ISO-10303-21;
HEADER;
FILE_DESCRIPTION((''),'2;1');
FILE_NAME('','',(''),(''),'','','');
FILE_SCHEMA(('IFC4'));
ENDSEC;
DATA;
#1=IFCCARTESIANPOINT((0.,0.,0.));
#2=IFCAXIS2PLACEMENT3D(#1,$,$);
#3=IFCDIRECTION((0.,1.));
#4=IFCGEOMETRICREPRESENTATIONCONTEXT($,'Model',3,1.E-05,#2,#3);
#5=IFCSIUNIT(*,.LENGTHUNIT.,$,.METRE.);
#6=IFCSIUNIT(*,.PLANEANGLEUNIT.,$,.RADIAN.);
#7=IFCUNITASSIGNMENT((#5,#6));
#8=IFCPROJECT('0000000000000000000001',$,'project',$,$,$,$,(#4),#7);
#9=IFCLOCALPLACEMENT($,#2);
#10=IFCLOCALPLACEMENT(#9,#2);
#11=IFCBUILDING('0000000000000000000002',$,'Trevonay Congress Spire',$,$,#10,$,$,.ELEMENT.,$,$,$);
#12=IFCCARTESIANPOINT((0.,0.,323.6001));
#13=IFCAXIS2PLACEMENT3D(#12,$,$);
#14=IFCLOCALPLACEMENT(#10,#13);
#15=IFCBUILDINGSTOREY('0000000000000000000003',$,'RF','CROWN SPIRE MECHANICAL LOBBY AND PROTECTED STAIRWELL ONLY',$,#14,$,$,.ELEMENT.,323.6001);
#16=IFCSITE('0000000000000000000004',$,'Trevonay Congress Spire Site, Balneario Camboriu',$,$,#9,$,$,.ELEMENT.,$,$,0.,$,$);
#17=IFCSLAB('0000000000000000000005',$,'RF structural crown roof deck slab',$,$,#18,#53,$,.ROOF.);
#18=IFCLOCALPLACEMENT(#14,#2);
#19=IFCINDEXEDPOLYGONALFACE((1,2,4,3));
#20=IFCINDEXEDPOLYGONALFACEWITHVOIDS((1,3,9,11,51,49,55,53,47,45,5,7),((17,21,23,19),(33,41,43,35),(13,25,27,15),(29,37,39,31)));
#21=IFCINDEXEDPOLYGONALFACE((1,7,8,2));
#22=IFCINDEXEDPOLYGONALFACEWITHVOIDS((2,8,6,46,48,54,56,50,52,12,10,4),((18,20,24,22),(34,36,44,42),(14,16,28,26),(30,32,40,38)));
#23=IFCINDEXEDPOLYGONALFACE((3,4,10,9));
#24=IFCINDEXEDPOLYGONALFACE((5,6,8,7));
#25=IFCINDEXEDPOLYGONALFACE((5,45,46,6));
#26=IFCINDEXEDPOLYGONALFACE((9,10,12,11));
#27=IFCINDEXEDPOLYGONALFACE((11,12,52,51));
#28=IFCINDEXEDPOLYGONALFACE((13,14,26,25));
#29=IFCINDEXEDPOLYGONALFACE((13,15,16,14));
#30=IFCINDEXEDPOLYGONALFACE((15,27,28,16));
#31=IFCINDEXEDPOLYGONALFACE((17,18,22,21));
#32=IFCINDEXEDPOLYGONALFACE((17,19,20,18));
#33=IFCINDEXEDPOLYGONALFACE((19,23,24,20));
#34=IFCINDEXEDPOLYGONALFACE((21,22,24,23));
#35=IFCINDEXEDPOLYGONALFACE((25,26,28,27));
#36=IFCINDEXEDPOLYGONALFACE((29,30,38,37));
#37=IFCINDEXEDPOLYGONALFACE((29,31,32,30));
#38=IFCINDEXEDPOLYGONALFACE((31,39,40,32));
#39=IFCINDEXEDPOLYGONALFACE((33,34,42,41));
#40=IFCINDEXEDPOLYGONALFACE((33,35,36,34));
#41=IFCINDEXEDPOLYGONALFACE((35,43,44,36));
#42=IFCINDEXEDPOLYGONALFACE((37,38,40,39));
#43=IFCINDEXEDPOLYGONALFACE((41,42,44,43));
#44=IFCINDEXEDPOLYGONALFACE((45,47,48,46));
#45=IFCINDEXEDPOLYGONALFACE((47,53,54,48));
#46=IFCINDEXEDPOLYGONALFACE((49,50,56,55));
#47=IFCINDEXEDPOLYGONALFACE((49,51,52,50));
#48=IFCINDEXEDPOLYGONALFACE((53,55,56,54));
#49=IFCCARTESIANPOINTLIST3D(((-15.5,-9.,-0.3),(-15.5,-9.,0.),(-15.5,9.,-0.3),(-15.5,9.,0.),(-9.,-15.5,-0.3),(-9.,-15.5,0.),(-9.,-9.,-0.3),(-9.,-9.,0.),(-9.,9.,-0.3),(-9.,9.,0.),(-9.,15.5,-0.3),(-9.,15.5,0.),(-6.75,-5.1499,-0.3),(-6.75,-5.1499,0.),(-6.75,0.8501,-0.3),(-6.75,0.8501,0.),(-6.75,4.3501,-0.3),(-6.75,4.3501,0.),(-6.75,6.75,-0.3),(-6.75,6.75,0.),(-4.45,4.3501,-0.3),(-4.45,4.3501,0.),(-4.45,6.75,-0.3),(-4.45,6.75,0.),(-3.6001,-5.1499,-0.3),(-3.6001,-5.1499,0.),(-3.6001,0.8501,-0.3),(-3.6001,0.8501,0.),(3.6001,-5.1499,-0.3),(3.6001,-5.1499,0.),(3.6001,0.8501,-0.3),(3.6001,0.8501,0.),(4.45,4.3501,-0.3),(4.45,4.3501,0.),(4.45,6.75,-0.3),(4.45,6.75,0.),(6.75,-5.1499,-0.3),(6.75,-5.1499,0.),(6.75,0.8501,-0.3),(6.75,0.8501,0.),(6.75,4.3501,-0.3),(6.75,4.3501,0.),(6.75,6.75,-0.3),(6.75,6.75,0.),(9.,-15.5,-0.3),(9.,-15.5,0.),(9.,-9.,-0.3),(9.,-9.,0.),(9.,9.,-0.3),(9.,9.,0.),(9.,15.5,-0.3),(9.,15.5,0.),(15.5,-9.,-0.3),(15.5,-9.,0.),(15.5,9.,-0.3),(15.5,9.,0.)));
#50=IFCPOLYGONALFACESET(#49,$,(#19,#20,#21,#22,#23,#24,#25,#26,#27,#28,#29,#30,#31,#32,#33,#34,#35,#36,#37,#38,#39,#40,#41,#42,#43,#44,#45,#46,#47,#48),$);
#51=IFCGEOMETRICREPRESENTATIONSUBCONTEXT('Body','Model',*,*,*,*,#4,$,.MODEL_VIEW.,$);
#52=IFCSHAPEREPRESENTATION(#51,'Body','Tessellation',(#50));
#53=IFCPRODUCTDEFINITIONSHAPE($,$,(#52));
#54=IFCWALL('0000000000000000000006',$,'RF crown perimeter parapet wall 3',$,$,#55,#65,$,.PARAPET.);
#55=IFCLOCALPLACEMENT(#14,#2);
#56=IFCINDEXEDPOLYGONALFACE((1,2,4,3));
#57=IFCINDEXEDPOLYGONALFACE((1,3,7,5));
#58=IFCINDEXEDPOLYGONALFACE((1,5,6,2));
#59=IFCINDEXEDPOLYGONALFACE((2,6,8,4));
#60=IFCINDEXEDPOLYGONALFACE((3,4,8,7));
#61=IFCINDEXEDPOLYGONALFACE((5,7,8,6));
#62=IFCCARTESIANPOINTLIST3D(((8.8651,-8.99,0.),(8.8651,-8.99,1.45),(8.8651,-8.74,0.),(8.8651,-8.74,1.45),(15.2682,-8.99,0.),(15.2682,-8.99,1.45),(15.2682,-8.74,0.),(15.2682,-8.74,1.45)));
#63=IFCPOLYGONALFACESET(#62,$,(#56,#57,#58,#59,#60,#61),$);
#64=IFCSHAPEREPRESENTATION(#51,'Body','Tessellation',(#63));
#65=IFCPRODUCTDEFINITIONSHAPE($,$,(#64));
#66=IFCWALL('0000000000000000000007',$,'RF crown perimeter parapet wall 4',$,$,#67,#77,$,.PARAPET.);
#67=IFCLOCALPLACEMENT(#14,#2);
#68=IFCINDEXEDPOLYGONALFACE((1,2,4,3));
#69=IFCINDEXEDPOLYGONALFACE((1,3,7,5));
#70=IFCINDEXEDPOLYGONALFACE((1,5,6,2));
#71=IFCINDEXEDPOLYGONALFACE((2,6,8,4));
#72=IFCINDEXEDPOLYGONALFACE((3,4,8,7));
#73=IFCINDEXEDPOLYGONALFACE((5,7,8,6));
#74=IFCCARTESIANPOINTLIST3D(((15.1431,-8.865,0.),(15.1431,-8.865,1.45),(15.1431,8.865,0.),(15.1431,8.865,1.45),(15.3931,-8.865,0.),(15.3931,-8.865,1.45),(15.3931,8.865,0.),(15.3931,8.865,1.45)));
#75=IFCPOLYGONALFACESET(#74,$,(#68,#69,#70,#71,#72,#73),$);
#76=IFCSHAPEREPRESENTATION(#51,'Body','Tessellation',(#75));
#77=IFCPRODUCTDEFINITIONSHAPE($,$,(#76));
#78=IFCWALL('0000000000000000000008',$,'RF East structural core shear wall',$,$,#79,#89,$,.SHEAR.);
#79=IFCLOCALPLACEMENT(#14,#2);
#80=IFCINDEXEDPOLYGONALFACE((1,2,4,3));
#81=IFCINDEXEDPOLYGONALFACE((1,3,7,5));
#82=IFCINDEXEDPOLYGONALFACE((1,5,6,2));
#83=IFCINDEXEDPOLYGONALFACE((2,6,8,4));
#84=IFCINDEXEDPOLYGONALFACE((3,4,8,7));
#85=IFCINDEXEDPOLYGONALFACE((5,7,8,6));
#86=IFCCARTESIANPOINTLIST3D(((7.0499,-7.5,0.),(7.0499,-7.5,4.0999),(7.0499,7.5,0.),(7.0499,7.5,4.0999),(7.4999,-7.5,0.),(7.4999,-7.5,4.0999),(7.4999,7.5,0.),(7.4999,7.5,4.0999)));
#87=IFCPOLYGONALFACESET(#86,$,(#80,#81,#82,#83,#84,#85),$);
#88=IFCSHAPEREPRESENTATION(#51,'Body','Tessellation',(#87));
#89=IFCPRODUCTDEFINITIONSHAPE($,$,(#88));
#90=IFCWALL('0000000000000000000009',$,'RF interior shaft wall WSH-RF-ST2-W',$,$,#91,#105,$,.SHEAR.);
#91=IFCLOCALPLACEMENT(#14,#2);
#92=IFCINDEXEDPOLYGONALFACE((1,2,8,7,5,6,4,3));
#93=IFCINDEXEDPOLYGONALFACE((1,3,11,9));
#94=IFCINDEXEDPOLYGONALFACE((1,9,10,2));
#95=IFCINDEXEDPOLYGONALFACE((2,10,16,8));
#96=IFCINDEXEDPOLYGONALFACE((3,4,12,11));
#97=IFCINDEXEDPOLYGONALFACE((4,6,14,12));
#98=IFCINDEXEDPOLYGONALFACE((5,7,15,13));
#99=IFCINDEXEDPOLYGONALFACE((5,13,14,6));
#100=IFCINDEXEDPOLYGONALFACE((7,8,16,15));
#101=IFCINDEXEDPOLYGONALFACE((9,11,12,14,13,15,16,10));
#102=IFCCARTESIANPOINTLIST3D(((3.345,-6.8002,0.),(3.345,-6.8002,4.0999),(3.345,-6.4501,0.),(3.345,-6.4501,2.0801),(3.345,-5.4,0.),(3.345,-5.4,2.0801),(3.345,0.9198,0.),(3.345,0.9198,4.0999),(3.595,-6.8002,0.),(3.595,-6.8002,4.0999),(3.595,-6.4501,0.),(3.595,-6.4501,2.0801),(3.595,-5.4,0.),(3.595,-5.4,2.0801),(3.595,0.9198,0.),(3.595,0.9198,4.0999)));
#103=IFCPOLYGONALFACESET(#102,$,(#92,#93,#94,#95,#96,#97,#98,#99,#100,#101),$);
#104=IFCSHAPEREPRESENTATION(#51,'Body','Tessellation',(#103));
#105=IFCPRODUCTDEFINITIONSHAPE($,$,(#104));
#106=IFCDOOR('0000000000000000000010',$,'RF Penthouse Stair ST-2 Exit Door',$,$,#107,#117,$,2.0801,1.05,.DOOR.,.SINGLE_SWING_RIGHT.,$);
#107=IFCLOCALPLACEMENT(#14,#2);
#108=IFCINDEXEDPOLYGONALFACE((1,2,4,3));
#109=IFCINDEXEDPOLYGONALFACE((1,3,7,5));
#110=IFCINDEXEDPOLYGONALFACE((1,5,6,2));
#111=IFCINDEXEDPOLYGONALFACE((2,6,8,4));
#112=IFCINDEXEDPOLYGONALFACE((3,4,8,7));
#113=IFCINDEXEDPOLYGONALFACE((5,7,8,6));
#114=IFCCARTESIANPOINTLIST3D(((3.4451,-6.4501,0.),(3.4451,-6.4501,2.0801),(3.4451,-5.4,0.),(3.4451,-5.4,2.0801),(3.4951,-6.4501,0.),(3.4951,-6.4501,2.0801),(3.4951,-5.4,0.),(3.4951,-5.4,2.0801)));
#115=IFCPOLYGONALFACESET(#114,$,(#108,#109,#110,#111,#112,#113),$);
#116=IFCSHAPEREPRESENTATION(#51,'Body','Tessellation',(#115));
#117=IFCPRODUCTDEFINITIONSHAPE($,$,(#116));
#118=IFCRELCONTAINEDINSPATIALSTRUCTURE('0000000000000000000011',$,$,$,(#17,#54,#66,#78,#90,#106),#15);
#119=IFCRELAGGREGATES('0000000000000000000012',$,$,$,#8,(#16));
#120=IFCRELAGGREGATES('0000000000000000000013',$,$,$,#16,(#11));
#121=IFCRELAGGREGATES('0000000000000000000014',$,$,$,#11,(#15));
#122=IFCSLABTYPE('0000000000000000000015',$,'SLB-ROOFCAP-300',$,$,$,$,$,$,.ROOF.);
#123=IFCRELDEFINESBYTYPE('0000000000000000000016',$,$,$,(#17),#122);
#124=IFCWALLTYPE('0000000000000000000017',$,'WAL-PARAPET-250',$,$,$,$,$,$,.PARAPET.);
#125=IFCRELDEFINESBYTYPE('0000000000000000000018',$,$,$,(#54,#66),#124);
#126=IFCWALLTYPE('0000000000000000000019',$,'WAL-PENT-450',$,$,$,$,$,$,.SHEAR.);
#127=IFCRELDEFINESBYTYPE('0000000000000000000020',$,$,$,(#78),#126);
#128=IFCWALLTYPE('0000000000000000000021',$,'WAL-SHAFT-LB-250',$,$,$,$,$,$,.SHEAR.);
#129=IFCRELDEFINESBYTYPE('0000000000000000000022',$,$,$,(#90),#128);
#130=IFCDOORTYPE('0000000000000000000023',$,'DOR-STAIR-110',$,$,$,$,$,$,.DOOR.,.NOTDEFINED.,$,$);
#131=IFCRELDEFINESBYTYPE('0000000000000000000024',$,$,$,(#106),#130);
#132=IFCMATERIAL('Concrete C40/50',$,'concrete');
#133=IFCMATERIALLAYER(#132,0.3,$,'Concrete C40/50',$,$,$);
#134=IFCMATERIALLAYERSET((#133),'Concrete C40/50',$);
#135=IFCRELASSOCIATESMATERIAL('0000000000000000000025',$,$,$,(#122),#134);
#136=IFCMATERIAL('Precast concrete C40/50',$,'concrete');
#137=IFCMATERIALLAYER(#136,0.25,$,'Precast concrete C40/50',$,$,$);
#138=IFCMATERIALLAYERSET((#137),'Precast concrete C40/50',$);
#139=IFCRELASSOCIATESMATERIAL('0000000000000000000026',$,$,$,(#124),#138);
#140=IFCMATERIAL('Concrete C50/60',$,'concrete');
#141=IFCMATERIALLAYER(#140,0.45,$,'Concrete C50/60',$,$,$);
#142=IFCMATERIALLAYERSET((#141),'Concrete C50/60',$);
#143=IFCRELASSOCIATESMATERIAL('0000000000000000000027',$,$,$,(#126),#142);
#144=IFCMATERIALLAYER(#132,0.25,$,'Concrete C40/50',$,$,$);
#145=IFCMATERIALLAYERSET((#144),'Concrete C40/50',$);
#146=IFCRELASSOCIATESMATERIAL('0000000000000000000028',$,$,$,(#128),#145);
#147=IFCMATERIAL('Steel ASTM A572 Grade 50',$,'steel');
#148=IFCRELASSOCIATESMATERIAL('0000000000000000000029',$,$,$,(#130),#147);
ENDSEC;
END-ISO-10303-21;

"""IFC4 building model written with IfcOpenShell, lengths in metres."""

from ifc_helpers import new_model, si_unit, direction, frame, frame_2d, origin, place, context, subcontext, project, spatial, polyline, rectangle, outline, extrude, material, layer, layer_set, type_object, element, fill, save


model = new_model("IFC4")

# Units and contexts
model_context = context("Model", 3, precision=1e-05, world=origin(), true_north=direction((0.0, 1.0)))
body_context = subcontext(model_context, "Body", "Model", "MODEL_VIEW")
ifc_project = project(units=[si_unit("LENGTHUNIT", "METRE"), si_unit("PLANEANGLEUNIT", "RADIAN")], contexts=[model_context])

# Site, building, storey
site_placement = place(None, origin())
site = spatial("IfcSite", under=ifc_project, at=site_placement, Name="Trevonay Congress Spire Site, Balneario Camboriu", CompositionType="ELEMENT", RefElevation=0.0)
building_placement = place(site_placement, origin())
building = spatial("IfcBuilding", under=site, at=building_placement, Name="Trevonay Congress Spire", CompositionType="ELEMENT")
storey_placement = place(building_placement, frame((0.0, 0.0, 323.6001)))
storey = spatial("IfcBuildingStorey", under=building, at=storey_placement, Name="RF", Description="CROWN SPIRE MECHANICAL LOBBY AND PROTECTED STAIRWELL ONLY", CompositionType="ELEMENT", Elevation=323.6001)

# Shared definitions
ifc_material_1 = material(Name="Steel ASTM A572 Grade 50", Category="steel")

# Shared definitions
ifc_material_2 = material(Name="Concrete C40/50", Category="concrete")

# Slab
ifc_layer_1 = layer(ifc_material_2, 0.3, Name="Concrete C40/50")
ifc_layer_set_1 = layer_set([ifc_layer_1], Name="Concrete C40/50")
slab_type_1 = type_object("IfcSlabType", Name="SLB-ROOFCAP-300", PredefinedType="ROOF", material=ifc_layer_set_1)
slab_1_placement = place(storey_placement, frame((0.0, 0.0, -0.3)))
element("IfcSlab", 1, at=slab_1_placement, inside=storey, type_object=slab_type_1, Name="RF structural crown roof deck slab", PredefinedType="ROOF", context=body_context, shape_type="SweptSolid", body=[
    extrude(outline(polyline([(-9.0, -15.5), (9.0, -15.5), (9.0, -9.0), (15.5, -9.0), (15.5, 9.0), (9.0, 9.0), (9.0, 15.5), (-9.0, 15.5), (-9.0, 9.0), (-15.5, 9.0), (-15.5, -9.0), (-9.0, -9.0), (-9.0, -15.5)]), holes=[polyline([(-3.6001, -5.1499), (-3.6001, 0.8501), (-6.75, 0.8501), (-6.75, -5.1499), (-3.6001, -5.1499)]), polyline([(6.75, -5.1499), (6.75, 0.8501), (3.6001, 0.8501), (3.6001, -5.1499), (6.75, -5.1499)]), polyline([(-6.75, 4.3501), (-4.45, 4.3501), (-4.45, 6.75), (-6.75, 6.75), (-6.75, 4.3501)]), polyline([(4.45, 4.3501), (6.75, 4.3501), (6.75, 6.75), (4.45, 6.75), (4.45, 4.3501)])]), origin(), (0.0, 0.0, 1.0), 0.3),
])

# Walls
ifc_material_3 = material(Name="Precast concrete C40/50", Category="concrete")
ifc_layer_2 = layer(ifc_material_3, 0.25, Name="Precast concrete C40/50")
ifc_layer_set_2 = layer_set([ifc_layer_2], Name="Precast concrete C40/50")
wall_type_1 = type_object("IfcWallType", Name="WAL-PARAPET-250", PredefinedType="PARAPET", material=ifc_layer_set_2)
for number, where, z_axis, x_axis, name in (
    (2, (8.865, -8.865, 0.0), (0.0, 0.0, 1.0), (1.0, 0.0, 0.0), "RF crown perimeter parapet wall 3"),
):
    element("IfcWall", number, at=place(storey_placement, frame(where, z_axis=z_axis, x_axis=x_axis)), inside=storey, type_object=wall_type_1, Name=name, PredefinedType="PARAPET", context=body_context, shape_type="SweptSolid", body=[
        extrude(rectangle(XDim=6.4031, YDim=0.25, at=frame_2d((3.2017, 0.0))), origin(), (0.0, 0.0, 1.0), 1.45),
    ])
wall_1_placement = place(storey_placement, frame((15.2681, -8.865, 0.0), z_axis=(0.0, 0.0, 1.0), x_axis=(0.0, 1.0, 0.0)))
element("IfcWall", 3, at=wall_1_placement, inside=storey, type_object=wall_type_1, Name="RF crown perimeter parapet wall 4", PredefinedType="PARAPET", context=body_context, shape_type="SweptSolid", body=[
    extrude(rectangle(XDim=17.73, YDim=0.25, at=frame_2d((8.865, 0.0))), origin(), (0.0, 0.0, 1.0), 1.45),
])
ifc_material_4 = material(Name="Concrete C50/60", Category="concrete")
ifc_layer_3 = layer(ifc_material_4, 0.45, Name="Concrete C50/60")
ifc_layer_set_3 = layer_set([ifc_layer_3], Name="Concrete C50/60")
wall_type_2 = type_object("IfcWallType", Name="WAL-PENT-450", PredefinedType="SHEAR", material=ifc_layer_set_3)
wall_2_placement = place(storey_placement, frame((7.2749, -7.5, 0.0), z_axis=(0.0, 0.0, 1.0), x_axis=(0.0, 1.0, 0.0)))
element("IfcWall", 4, at=wall_2_placement, inside=storey, type_object=wall_type_2, Name="RF East structural core shear wall", PredefinedType="SHEAR", context=body_context, shape_type="SweptSolid", body=[
    extrude(rectangle(XDim=15.0, YDim=0.45, at=frame_2d((7.5, 0.0))), origin(), (0.0, 0.0, 1.0), 4.0999),
])

# Wall, opening, door
ifc_layer_4 = layer(ifc_material_2, 0.25, Name="Concrete C40/50")
ifc_layer_set_4 = layer_set([ifc_layer_4], Name="Concrete C40/50")
wall_type_3 = type_object("IfcWallType", Name="WAL-SHAFT-LB-250", PredefinedType="SHEAR", material=ifc_layer_set_4)
wall_3_placement = place(storey_placement, frame((3.47, -6.8, 0.0), z_axis=(0.0, 0.0, 1.0), x_axis=(0.0, 1.0, 0.0)))
wall_3 = element("IfcWall", 5, at=wall_3_placement, inside=storey, type_object=wall_type_3, Name="RF interior shaft wall WSH-RF-ST2-W", PredefinedType="SHEAR", context=body_context, shape_type="SweptSolid", body=[
    extrude(rectangle(XDim=7.72, YDim=0.25, at=frame_2d((3.8599, 0.0))), origin(), (0.0, 0.0, 1.0), 4.0999),
])
opening_1_placement = place(wall_3_placement, frame((0.3501, 0.0, 0.0)))
opening_1 = element("IfcOpeningElement", 6, at=opening_1_placement, cuts=wall_3, PredefinedType="OPENING", context=body_context, shape_type="SweptSolid", body=[
    extrude(rectangle(XDim=1.05, YDim=2.0801, at=frame_2d((0.5249, 1.04))), frame((0.0, 0.135, 0.0), z_axis=(0.0, -1.0, 0.0), x_axis=(1.0, 0.0, 0.0)), (0.0, 0.0, 1.0), 0.27),
])
door_type = type_object("IfcDoorType", Name="DOR-STAIR-110", OperationType="NOTDEFINED", PredefinedType="DOOR", material=ifc_material_1)
door_placement = place(opening_1_placement, origin())
door = element("IfcDoor", 7, at=door_placement, inside=storey, type_object=door_type, Name="RF Penthouse Stair ST-2 Exit Door", OperationType="SINGLE_SWING_RIGHT", OverallHeight=2.0801, OverallWidth=1.05, PredefinedType="DOOR", context=body_context, shape_type="SweptSolid", body=[
    extrude(rectangle(XDim=1.05, YDim=2.0801, at=frame_2d((0.5249, 1.04))), frame((0.0, 0.0249, 0.0), z_axis=(0.0, -1.0, 0.0), x_axis=(1.0, 0.0, 0.0)), (0.0, 0.0, 1.0), 0.05),
])
fill(opening_1, door)

save(model, "model.ifc")
